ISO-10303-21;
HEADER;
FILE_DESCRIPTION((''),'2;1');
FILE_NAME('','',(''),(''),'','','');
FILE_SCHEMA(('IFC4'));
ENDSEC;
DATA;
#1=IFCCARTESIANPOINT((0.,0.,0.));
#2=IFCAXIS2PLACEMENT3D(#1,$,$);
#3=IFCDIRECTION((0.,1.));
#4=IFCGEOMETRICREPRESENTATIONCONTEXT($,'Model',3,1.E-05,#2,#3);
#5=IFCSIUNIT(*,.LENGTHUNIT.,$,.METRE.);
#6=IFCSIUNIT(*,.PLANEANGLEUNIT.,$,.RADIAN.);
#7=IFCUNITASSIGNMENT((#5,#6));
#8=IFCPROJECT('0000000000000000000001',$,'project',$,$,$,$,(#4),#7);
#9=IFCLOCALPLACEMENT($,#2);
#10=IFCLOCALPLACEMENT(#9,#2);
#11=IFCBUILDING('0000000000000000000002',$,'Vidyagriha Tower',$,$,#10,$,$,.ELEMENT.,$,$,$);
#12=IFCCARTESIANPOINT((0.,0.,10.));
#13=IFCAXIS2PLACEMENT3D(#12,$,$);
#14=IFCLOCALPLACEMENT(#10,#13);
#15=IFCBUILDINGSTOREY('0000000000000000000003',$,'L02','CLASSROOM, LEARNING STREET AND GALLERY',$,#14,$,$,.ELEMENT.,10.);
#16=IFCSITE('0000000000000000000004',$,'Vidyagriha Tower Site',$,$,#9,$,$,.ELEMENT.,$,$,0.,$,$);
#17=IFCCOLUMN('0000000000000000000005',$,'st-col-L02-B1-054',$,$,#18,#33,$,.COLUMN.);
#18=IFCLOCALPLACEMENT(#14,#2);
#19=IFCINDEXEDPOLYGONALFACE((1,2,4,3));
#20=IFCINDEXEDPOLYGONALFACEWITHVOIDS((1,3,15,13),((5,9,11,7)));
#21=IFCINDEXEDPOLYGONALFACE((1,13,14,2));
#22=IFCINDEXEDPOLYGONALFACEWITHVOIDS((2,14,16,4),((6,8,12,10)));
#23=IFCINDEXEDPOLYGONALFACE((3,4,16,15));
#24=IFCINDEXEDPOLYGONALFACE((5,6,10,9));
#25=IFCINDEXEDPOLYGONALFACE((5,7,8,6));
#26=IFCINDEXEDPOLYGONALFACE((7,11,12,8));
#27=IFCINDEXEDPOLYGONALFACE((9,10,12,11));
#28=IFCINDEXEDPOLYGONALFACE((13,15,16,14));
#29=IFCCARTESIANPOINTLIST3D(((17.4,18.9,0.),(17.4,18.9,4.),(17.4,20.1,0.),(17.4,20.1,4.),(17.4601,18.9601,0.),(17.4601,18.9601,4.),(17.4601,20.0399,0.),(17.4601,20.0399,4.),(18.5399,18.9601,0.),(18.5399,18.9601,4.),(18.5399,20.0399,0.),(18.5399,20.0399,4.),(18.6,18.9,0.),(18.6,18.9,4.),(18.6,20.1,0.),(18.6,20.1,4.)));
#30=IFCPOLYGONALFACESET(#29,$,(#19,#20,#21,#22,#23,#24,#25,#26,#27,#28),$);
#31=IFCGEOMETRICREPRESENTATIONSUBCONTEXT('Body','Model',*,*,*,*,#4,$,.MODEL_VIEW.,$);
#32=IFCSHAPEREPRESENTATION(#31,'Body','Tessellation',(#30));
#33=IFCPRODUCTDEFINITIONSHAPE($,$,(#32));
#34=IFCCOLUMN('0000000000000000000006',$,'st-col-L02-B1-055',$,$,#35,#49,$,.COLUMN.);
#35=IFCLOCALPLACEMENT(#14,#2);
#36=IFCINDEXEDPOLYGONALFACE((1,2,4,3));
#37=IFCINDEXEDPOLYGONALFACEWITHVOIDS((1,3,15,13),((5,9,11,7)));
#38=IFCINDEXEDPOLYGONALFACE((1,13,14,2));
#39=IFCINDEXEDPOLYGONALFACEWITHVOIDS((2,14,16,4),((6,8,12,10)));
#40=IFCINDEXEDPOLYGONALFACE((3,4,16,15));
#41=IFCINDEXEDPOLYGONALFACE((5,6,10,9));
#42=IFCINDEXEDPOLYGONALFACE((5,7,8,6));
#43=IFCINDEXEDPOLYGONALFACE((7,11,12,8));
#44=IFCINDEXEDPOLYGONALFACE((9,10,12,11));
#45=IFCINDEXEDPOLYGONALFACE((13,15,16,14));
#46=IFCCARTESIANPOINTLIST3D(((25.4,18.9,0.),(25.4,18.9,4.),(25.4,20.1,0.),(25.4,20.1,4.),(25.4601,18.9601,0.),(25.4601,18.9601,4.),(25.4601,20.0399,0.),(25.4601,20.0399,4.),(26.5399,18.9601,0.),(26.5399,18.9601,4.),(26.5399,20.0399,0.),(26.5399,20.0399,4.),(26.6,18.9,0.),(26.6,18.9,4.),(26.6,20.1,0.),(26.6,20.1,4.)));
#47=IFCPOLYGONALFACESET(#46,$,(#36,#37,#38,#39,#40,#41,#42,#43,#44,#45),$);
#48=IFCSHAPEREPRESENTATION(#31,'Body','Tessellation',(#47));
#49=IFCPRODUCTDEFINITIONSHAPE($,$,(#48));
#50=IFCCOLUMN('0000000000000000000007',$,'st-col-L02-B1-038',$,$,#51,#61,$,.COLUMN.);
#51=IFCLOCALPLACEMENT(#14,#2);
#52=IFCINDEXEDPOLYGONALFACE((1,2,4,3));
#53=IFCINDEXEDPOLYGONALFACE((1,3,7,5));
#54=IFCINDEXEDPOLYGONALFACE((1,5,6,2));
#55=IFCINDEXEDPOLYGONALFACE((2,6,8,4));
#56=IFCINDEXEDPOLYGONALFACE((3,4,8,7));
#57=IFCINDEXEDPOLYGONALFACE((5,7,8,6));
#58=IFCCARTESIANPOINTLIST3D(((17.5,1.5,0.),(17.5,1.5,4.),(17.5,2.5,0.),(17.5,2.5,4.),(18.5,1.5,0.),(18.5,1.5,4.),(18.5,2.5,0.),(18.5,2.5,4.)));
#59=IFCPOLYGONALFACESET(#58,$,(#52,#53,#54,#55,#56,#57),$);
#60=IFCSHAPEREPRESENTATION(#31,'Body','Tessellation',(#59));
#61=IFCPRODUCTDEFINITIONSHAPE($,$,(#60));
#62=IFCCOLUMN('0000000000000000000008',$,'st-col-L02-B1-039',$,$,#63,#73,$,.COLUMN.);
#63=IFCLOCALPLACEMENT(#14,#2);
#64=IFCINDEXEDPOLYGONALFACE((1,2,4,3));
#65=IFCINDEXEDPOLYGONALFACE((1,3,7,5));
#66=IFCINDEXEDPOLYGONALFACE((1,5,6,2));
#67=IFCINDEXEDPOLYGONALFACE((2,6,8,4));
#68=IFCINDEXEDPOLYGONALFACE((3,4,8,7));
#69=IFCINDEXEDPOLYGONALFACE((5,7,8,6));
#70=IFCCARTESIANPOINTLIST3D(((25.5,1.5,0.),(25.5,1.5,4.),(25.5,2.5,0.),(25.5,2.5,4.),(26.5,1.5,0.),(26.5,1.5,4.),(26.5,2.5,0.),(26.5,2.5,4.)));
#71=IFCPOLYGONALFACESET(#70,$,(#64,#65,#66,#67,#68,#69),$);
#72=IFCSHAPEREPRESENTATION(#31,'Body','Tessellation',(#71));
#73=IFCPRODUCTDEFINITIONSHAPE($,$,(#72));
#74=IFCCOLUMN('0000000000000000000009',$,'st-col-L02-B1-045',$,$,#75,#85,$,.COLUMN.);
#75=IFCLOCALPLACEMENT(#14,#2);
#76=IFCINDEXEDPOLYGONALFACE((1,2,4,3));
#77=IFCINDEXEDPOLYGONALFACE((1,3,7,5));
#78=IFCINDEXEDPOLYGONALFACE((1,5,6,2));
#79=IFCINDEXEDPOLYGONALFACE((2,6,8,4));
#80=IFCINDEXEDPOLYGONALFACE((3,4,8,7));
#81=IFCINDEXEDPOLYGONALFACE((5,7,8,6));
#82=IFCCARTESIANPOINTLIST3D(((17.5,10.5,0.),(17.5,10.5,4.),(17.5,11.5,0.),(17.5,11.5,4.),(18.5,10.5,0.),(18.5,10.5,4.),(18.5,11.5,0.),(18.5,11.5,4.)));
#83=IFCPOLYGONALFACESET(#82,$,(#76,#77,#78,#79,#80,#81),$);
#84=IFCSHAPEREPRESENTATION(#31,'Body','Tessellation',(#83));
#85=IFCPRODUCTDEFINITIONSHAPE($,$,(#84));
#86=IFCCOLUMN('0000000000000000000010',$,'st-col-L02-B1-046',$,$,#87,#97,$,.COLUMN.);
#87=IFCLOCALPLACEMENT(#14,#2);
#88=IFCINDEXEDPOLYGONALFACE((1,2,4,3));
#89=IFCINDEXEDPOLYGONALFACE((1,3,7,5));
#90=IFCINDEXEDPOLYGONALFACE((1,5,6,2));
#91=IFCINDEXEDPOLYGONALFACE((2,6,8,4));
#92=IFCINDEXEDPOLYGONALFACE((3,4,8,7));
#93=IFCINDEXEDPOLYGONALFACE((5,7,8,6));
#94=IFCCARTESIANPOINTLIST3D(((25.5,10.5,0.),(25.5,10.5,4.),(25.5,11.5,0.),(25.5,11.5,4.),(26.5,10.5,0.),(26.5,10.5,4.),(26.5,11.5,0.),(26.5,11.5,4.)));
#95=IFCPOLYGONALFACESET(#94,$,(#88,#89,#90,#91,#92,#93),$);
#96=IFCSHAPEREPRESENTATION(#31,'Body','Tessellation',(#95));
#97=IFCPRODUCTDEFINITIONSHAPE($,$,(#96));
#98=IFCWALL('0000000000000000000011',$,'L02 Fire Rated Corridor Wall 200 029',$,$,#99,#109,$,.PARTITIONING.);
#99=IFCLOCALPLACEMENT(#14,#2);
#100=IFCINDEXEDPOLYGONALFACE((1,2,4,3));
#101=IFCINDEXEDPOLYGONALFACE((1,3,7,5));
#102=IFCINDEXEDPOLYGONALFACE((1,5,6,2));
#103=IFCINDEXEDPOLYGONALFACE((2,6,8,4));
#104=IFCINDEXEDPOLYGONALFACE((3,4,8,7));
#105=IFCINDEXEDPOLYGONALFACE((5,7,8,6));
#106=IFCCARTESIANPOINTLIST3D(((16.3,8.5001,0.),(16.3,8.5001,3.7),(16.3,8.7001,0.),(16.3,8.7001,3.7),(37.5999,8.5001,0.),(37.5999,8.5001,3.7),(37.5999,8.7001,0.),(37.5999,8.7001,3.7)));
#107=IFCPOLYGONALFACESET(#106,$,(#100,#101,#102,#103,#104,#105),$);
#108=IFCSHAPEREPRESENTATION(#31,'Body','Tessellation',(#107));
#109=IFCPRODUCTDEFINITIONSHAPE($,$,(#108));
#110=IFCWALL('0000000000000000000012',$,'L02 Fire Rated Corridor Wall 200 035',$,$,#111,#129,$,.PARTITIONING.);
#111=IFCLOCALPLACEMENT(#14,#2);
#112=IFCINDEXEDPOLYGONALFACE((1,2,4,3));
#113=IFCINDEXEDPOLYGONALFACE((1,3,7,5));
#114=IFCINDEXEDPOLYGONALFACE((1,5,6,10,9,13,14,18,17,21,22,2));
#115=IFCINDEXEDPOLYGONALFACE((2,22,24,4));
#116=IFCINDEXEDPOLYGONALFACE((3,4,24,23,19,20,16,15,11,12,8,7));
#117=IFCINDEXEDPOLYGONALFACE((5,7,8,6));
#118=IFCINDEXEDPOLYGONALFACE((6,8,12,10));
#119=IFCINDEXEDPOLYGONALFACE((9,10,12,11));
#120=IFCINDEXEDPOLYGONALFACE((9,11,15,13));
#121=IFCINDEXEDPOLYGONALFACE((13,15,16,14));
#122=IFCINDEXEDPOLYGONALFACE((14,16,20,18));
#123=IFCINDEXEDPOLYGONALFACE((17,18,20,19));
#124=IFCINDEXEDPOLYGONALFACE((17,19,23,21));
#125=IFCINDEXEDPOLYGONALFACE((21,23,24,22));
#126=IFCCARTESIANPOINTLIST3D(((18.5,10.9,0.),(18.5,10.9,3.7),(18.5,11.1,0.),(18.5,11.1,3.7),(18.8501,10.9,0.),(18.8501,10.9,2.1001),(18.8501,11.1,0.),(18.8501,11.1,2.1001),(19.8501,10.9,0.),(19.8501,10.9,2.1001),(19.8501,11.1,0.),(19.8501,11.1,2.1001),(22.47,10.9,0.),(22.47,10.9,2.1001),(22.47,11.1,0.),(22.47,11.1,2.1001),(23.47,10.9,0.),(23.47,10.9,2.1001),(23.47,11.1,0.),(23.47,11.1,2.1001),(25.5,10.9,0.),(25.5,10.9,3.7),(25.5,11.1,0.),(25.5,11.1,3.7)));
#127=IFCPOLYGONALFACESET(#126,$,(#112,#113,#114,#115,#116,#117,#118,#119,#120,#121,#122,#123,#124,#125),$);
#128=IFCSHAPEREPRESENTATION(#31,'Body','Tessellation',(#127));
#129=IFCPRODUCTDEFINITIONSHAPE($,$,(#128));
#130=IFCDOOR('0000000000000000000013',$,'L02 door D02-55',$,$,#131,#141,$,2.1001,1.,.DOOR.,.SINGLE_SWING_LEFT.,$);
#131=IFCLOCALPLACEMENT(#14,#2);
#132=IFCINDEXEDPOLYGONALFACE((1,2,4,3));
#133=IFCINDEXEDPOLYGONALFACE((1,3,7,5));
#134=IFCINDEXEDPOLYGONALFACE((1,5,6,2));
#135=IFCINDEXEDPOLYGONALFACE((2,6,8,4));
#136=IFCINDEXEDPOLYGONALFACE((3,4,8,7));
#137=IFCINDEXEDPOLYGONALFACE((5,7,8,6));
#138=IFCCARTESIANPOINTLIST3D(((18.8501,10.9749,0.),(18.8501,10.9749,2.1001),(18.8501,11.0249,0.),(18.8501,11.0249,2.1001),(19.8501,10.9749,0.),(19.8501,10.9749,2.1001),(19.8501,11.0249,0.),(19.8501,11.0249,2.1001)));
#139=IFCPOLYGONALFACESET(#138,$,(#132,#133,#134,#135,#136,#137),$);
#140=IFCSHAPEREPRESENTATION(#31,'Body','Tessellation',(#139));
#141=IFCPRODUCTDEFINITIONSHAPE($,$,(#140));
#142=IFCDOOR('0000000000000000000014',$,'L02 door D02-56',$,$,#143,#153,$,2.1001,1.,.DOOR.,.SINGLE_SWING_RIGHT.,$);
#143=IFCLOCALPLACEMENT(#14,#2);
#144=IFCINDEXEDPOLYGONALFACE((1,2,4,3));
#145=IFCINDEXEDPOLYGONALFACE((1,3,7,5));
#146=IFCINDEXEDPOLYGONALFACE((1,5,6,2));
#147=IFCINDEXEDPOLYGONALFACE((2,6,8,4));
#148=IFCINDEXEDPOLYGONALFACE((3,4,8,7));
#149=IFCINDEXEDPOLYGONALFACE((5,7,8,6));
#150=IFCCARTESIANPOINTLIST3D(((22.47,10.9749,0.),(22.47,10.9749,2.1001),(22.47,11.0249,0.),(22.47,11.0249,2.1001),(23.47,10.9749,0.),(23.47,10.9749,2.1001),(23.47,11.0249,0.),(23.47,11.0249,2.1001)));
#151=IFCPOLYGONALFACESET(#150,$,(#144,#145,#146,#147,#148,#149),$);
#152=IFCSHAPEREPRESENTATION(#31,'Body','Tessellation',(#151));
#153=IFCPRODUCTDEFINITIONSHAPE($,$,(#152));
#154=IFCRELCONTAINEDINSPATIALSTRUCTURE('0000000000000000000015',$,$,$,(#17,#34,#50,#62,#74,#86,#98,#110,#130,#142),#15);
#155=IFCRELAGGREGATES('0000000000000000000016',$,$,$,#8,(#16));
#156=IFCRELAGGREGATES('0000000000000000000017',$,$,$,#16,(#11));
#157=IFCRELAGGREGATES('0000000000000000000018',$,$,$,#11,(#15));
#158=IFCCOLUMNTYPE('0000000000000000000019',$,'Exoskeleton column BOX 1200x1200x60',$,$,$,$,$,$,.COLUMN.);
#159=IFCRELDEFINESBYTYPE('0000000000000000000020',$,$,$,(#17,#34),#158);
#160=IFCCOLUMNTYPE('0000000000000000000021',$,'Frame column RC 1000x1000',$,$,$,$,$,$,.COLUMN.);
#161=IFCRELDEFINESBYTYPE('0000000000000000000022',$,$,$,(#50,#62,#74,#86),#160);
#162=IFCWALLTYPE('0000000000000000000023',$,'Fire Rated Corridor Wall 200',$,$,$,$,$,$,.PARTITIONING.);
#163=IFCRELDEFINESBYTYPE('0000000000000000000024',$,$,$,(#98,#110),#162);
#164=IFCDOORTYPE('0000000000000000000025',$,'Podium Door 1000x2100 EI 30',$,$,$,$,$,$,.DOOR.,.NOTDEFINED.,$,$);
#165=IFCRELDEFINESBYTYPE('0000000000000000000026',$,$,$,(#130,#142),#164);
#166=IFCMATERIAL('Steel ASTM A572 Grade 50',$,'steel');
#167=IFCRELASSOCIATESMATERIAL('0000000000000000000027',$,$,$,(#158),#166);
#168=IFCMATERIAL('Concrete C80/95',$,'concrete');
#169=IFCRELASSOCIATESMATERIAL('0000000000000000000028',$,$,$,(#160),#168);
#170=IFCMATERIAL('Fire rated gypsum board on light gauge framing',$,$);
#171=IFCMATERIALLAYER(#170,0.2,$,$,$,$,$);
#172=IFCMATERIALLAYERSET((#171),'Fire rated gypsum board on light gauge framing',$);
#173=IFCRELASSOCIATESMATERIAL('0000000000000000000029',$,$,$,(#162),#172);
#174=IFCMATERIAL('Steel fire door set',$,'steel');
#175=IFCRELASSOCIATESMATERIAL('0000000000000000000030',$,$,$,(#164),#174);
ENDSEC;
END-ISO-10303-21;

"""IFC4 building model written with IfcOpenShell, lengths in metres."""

from ifc_helpers import new_model, si_unit, direction, frame, frame_2d, origin, origin_2d, place, context, subcontext, project, spatial, rectangle, hollow_rectangle, extrude, material, layer, layer_set, material_profile, profile_set, type_object, element, fill, save


model = new_model("IFC4")

# Units and contexts
model_context = context("Model", 3, precision=1e-05, world=origin(), true_north=direction((0.0, 1.0)))
body_context = subcontext(model_context, "Body", "Model", "MODEL_VIEW")
ifc_project = project(units=[si_unit("LENGTHUNIT", "METRE"), si_unit("PLANEANGLEUNIT", "RADIAN")], contexts=[model_context])

# Site, building, storey
site_placement = place(None, origin())
site = spatial("IfcSite", under=ifc_project, at=site_placement, Name="Vidyagriha Tower Site", CompositionType="ELEMENT", RefElevation=0.0)
building_placement = place(site_placement, origin())
building = spatial("IfcBuilding", under=site, at=building_placement, Name="Vidyagriha Tower", CompositionType="ELEMENT")
storey_placement = place(building_placement, frame((0.0, 0.0, 10.0)))
storey = spatial("IfcBuildingStorey", under=building, at=storey_placement, Name="L02", Description="CLASSROOM, LEARNING STREET AND GALLERY", CompositionType="ELEMENT", Elevation=10.0)

# Columns
ifc_material_1 = material(Name="Steel ASTM A572 Grade 50", Category="steel")
ifc_material_profile_1 = material_profile(ifc_material_1, hollow_rectangle(XDim=1.2, YDim=1.2, WallThickness=0.0601, at=origin_2d()), Name="BOX 1200x1200x60")
ifc_profile_set_1 = profile_set([ifc_material_profile_1], Name="Steel ASTM A572 Grade 50")
column_type_1 = type_object("IfcColumnType", Name="Exoskeleton column BOX 1200x1200x60", PredefinedType="COLUMN", material=ifc_profile_set_1)
for number, where, name in (
    (1, (18.0, 19.5, 0.0), "st-col-L02-B1-054"),
    (2, (26.0, 19.5, 0.0), "st-col-L02-B1-055"),
):
    element("IfcColumn", number, at=place(storey_placement, frame(where)), inside=storey, type_object=column_type_1, Name=name, PredefinedType="COLUMN", context=body_context, shape_type="SweptSolid", body=[
        extrude(hollow_rectangle(XDim=1.2, YDim=1.2, WallThickness=0.0601, at=origin_2d()), origin(), (0.0, 0.0, 1.0), 4.0),
    ])
ifc_material_2 = material(Name="Concrete C80/95", Category="concrete")
ifc_material_profile_2 = material_profile(ifc_material_2, rectangle(XDim=1.0, YDim=1.0, at=origin_2d()), Name="RC 1000x1000")
ifc_profile_set_2 = profile_set([ifc_material_profile_2], Name="Concrete C80/95")
column_type_2 = type_object("IfcColumnType", Name="Frame column RC 1000x1000", PredefinedType="COLUMN", material=ifc_profile_set_2)
for number, where, name in (
    (3, (18.0, 2.0, 0.0), "st-col-L02-B1-038"),
    (4, (26.0, 2.0, 0.0), "st-col-L02-B1-039"),
    (5, (18.0, 11.0, 0.0), "st-col-L02-B1-045"),
    (6, (26.0, 11.0, 0.0), "st-col-L02-B1-046"),
):
    element("IfcColumn", number, at=place(storey_placement, frame(where)), inside=storey, type_object=column_type_2, Name=name, PredefinedType="COLUMN", context=body_context, shape_type="SweptSolid", body=[
        extrude(rectangle(XDim=1.0, YDim=1.0, at=origin_2d()), origin(), (0.0, 0.0, 1.0), 4.0),
    ])

# Wall
ifc_material_3 = material(Name="Fire rated gypsum board on light gauge framing")
ifc_layer_1 = layer(ifc_material_3, 0.2)
ifc_layer_set_1 = layer_set([ifc_layer_1], Name="Fire rated gypsum board on light gauge framing")
wall_type_1 = type_object("IfcWallType", Name="Fire Rated Corridor Wall 200", PredefinedType="PARTITIONING", material=ifc_layer_set_1)
wall_1_placement = place(storey_placement, frame((16.3, 8.6001, 0.0)))
element("IfcWall", 7, at=wall_1_placement, inside=storey, type_object=wall_type_1, Name="L02 Fire Rated Corridor Wall 200 029", PredefinedType="PARTITIONING", context=body_context, shape_type="SweptSolid", body=[
    extrude(rectangle(XDim=21.2998, YDim=0.2, at=frame_2d((10.6499, 0.0))), origin(), (0.0, 0.0, 1.0), 3.7),
])

# Wall, openings, doors
wall_2_placement = place(storey_placement, frame((18.5, 11.0, 0.0)))
wall_2 = element("IfcWall", 8, at=wall_2_placement, inside=storey, type_object=wall_type_1, Name="L02 Fire Rated Corridor Wall 200 035", PredefinedType="PARTITIONING", context=body_context, shape_type="SweptSolid", body=[
    extrude(rectangle(XDim=7.0, YDim=0.2, at=frame_2d((3.5, 0.0))), origin(), (0.0, 0.0, 1.0), 3.7),
])
opening_1_placement = place(wall_2_placement, frame((0.3501, 0.0, 0.0)))
opening_1 = element("IfcOpeningElement", 9, at=opening_1_placement, cuts=wall_2, PredefinedType="OPENING", context=body_context, shape_type="SweptSolid", body=[
    extrude(rectangle(XDim=1.0, YDim=2.1001, at=frame_2d((0.5, 1.05))), frame((0.0, 0.1099, 0.0), z_axis=(0.0, -1.0, 0.0), x_axis=(1.0, 0.0, 0.0)), (0.0, 0.0, 1.0), 0.22),
])
opening_2_placement = place(wall_2_placement, frame((3.97, 0.0, 0.0)))
opening_2 = element("IfcOpeningElement", 10, at=opening_2_placement, cuts=wall_2, PredefinedType="OPENING", context=body_context, shape_type="SweptSolid", body=[
    extrude(rectangle(XDim=1.0, YDim=2.1001, at=frame_2d((0.5, 1.05))), frame((0.0, 0.1099, 0.0), z_axis=(0.0, -1.0, 0.0), x_axis=(1.0, 0.0, 0.0)), (0.0, 0.0, 1.0), 0.22),
])
ifc_material_4 = material(Name="Steel fire door set", Category="steel")
door_type = type_object("IfcDoorType", Name="Podium Door 1000x2100 EI 30", OperationType="NOTDEFINED", PredefinedType="DOOR", material=ifc_material_4)
door_1_placement = place(opening_1_placement, origin())
door_1 = element("IfcDoor", 11, at=door_1_placement, inside=storey, type_object=door_type, Name="L02 door D02-55", OperationType="SINGLE_SWING_LEFT", OverallHeight=2.1001, OverallWidth=1.0, PredefinedType="DOOR", context=body_context, shape_type="SweptSolid", body=[
    extrude(rectangle(XDim=1.0, YDim=2.1001, at=frame_2d((0.5, 1.05))), frame((0.0, 0.0249, 0.0), z_axis=(0.0, -1.0, 0.0), x_axis=(1.0, 0.0, 0.0)), (0.0, 0.0, 1.0), 0.05),
])
fill(opening_1, door_1)
door_2_placement = place(opening_2_placement, origin())
door_2 = element("IfcDoor", 12, at=door_2_placement, inside=storey, type_object=door_type, Name="L02 door D02-56", OperationType="SINGLE_SWING_RIGHT", OverallHeight=2.1001, OverallWidth=1.0, PredefinedType="DOOR", context=body_context, shape_type="SweptSolid", body=[
    extrude(rectangle(XDim=1.0, YDim=2.1001, at=frame_2d((0.5, 1.05))), frame((0.0, 0.0249, 0.0), z_axis=(0.0, -1.0, 0.0), x_axis=(1.0, 0.0, 0.0)), (0.0, 0.0, 1.0), 0.05),
])
fill(opening_2, door_2)

save(model, "model.ifc")
